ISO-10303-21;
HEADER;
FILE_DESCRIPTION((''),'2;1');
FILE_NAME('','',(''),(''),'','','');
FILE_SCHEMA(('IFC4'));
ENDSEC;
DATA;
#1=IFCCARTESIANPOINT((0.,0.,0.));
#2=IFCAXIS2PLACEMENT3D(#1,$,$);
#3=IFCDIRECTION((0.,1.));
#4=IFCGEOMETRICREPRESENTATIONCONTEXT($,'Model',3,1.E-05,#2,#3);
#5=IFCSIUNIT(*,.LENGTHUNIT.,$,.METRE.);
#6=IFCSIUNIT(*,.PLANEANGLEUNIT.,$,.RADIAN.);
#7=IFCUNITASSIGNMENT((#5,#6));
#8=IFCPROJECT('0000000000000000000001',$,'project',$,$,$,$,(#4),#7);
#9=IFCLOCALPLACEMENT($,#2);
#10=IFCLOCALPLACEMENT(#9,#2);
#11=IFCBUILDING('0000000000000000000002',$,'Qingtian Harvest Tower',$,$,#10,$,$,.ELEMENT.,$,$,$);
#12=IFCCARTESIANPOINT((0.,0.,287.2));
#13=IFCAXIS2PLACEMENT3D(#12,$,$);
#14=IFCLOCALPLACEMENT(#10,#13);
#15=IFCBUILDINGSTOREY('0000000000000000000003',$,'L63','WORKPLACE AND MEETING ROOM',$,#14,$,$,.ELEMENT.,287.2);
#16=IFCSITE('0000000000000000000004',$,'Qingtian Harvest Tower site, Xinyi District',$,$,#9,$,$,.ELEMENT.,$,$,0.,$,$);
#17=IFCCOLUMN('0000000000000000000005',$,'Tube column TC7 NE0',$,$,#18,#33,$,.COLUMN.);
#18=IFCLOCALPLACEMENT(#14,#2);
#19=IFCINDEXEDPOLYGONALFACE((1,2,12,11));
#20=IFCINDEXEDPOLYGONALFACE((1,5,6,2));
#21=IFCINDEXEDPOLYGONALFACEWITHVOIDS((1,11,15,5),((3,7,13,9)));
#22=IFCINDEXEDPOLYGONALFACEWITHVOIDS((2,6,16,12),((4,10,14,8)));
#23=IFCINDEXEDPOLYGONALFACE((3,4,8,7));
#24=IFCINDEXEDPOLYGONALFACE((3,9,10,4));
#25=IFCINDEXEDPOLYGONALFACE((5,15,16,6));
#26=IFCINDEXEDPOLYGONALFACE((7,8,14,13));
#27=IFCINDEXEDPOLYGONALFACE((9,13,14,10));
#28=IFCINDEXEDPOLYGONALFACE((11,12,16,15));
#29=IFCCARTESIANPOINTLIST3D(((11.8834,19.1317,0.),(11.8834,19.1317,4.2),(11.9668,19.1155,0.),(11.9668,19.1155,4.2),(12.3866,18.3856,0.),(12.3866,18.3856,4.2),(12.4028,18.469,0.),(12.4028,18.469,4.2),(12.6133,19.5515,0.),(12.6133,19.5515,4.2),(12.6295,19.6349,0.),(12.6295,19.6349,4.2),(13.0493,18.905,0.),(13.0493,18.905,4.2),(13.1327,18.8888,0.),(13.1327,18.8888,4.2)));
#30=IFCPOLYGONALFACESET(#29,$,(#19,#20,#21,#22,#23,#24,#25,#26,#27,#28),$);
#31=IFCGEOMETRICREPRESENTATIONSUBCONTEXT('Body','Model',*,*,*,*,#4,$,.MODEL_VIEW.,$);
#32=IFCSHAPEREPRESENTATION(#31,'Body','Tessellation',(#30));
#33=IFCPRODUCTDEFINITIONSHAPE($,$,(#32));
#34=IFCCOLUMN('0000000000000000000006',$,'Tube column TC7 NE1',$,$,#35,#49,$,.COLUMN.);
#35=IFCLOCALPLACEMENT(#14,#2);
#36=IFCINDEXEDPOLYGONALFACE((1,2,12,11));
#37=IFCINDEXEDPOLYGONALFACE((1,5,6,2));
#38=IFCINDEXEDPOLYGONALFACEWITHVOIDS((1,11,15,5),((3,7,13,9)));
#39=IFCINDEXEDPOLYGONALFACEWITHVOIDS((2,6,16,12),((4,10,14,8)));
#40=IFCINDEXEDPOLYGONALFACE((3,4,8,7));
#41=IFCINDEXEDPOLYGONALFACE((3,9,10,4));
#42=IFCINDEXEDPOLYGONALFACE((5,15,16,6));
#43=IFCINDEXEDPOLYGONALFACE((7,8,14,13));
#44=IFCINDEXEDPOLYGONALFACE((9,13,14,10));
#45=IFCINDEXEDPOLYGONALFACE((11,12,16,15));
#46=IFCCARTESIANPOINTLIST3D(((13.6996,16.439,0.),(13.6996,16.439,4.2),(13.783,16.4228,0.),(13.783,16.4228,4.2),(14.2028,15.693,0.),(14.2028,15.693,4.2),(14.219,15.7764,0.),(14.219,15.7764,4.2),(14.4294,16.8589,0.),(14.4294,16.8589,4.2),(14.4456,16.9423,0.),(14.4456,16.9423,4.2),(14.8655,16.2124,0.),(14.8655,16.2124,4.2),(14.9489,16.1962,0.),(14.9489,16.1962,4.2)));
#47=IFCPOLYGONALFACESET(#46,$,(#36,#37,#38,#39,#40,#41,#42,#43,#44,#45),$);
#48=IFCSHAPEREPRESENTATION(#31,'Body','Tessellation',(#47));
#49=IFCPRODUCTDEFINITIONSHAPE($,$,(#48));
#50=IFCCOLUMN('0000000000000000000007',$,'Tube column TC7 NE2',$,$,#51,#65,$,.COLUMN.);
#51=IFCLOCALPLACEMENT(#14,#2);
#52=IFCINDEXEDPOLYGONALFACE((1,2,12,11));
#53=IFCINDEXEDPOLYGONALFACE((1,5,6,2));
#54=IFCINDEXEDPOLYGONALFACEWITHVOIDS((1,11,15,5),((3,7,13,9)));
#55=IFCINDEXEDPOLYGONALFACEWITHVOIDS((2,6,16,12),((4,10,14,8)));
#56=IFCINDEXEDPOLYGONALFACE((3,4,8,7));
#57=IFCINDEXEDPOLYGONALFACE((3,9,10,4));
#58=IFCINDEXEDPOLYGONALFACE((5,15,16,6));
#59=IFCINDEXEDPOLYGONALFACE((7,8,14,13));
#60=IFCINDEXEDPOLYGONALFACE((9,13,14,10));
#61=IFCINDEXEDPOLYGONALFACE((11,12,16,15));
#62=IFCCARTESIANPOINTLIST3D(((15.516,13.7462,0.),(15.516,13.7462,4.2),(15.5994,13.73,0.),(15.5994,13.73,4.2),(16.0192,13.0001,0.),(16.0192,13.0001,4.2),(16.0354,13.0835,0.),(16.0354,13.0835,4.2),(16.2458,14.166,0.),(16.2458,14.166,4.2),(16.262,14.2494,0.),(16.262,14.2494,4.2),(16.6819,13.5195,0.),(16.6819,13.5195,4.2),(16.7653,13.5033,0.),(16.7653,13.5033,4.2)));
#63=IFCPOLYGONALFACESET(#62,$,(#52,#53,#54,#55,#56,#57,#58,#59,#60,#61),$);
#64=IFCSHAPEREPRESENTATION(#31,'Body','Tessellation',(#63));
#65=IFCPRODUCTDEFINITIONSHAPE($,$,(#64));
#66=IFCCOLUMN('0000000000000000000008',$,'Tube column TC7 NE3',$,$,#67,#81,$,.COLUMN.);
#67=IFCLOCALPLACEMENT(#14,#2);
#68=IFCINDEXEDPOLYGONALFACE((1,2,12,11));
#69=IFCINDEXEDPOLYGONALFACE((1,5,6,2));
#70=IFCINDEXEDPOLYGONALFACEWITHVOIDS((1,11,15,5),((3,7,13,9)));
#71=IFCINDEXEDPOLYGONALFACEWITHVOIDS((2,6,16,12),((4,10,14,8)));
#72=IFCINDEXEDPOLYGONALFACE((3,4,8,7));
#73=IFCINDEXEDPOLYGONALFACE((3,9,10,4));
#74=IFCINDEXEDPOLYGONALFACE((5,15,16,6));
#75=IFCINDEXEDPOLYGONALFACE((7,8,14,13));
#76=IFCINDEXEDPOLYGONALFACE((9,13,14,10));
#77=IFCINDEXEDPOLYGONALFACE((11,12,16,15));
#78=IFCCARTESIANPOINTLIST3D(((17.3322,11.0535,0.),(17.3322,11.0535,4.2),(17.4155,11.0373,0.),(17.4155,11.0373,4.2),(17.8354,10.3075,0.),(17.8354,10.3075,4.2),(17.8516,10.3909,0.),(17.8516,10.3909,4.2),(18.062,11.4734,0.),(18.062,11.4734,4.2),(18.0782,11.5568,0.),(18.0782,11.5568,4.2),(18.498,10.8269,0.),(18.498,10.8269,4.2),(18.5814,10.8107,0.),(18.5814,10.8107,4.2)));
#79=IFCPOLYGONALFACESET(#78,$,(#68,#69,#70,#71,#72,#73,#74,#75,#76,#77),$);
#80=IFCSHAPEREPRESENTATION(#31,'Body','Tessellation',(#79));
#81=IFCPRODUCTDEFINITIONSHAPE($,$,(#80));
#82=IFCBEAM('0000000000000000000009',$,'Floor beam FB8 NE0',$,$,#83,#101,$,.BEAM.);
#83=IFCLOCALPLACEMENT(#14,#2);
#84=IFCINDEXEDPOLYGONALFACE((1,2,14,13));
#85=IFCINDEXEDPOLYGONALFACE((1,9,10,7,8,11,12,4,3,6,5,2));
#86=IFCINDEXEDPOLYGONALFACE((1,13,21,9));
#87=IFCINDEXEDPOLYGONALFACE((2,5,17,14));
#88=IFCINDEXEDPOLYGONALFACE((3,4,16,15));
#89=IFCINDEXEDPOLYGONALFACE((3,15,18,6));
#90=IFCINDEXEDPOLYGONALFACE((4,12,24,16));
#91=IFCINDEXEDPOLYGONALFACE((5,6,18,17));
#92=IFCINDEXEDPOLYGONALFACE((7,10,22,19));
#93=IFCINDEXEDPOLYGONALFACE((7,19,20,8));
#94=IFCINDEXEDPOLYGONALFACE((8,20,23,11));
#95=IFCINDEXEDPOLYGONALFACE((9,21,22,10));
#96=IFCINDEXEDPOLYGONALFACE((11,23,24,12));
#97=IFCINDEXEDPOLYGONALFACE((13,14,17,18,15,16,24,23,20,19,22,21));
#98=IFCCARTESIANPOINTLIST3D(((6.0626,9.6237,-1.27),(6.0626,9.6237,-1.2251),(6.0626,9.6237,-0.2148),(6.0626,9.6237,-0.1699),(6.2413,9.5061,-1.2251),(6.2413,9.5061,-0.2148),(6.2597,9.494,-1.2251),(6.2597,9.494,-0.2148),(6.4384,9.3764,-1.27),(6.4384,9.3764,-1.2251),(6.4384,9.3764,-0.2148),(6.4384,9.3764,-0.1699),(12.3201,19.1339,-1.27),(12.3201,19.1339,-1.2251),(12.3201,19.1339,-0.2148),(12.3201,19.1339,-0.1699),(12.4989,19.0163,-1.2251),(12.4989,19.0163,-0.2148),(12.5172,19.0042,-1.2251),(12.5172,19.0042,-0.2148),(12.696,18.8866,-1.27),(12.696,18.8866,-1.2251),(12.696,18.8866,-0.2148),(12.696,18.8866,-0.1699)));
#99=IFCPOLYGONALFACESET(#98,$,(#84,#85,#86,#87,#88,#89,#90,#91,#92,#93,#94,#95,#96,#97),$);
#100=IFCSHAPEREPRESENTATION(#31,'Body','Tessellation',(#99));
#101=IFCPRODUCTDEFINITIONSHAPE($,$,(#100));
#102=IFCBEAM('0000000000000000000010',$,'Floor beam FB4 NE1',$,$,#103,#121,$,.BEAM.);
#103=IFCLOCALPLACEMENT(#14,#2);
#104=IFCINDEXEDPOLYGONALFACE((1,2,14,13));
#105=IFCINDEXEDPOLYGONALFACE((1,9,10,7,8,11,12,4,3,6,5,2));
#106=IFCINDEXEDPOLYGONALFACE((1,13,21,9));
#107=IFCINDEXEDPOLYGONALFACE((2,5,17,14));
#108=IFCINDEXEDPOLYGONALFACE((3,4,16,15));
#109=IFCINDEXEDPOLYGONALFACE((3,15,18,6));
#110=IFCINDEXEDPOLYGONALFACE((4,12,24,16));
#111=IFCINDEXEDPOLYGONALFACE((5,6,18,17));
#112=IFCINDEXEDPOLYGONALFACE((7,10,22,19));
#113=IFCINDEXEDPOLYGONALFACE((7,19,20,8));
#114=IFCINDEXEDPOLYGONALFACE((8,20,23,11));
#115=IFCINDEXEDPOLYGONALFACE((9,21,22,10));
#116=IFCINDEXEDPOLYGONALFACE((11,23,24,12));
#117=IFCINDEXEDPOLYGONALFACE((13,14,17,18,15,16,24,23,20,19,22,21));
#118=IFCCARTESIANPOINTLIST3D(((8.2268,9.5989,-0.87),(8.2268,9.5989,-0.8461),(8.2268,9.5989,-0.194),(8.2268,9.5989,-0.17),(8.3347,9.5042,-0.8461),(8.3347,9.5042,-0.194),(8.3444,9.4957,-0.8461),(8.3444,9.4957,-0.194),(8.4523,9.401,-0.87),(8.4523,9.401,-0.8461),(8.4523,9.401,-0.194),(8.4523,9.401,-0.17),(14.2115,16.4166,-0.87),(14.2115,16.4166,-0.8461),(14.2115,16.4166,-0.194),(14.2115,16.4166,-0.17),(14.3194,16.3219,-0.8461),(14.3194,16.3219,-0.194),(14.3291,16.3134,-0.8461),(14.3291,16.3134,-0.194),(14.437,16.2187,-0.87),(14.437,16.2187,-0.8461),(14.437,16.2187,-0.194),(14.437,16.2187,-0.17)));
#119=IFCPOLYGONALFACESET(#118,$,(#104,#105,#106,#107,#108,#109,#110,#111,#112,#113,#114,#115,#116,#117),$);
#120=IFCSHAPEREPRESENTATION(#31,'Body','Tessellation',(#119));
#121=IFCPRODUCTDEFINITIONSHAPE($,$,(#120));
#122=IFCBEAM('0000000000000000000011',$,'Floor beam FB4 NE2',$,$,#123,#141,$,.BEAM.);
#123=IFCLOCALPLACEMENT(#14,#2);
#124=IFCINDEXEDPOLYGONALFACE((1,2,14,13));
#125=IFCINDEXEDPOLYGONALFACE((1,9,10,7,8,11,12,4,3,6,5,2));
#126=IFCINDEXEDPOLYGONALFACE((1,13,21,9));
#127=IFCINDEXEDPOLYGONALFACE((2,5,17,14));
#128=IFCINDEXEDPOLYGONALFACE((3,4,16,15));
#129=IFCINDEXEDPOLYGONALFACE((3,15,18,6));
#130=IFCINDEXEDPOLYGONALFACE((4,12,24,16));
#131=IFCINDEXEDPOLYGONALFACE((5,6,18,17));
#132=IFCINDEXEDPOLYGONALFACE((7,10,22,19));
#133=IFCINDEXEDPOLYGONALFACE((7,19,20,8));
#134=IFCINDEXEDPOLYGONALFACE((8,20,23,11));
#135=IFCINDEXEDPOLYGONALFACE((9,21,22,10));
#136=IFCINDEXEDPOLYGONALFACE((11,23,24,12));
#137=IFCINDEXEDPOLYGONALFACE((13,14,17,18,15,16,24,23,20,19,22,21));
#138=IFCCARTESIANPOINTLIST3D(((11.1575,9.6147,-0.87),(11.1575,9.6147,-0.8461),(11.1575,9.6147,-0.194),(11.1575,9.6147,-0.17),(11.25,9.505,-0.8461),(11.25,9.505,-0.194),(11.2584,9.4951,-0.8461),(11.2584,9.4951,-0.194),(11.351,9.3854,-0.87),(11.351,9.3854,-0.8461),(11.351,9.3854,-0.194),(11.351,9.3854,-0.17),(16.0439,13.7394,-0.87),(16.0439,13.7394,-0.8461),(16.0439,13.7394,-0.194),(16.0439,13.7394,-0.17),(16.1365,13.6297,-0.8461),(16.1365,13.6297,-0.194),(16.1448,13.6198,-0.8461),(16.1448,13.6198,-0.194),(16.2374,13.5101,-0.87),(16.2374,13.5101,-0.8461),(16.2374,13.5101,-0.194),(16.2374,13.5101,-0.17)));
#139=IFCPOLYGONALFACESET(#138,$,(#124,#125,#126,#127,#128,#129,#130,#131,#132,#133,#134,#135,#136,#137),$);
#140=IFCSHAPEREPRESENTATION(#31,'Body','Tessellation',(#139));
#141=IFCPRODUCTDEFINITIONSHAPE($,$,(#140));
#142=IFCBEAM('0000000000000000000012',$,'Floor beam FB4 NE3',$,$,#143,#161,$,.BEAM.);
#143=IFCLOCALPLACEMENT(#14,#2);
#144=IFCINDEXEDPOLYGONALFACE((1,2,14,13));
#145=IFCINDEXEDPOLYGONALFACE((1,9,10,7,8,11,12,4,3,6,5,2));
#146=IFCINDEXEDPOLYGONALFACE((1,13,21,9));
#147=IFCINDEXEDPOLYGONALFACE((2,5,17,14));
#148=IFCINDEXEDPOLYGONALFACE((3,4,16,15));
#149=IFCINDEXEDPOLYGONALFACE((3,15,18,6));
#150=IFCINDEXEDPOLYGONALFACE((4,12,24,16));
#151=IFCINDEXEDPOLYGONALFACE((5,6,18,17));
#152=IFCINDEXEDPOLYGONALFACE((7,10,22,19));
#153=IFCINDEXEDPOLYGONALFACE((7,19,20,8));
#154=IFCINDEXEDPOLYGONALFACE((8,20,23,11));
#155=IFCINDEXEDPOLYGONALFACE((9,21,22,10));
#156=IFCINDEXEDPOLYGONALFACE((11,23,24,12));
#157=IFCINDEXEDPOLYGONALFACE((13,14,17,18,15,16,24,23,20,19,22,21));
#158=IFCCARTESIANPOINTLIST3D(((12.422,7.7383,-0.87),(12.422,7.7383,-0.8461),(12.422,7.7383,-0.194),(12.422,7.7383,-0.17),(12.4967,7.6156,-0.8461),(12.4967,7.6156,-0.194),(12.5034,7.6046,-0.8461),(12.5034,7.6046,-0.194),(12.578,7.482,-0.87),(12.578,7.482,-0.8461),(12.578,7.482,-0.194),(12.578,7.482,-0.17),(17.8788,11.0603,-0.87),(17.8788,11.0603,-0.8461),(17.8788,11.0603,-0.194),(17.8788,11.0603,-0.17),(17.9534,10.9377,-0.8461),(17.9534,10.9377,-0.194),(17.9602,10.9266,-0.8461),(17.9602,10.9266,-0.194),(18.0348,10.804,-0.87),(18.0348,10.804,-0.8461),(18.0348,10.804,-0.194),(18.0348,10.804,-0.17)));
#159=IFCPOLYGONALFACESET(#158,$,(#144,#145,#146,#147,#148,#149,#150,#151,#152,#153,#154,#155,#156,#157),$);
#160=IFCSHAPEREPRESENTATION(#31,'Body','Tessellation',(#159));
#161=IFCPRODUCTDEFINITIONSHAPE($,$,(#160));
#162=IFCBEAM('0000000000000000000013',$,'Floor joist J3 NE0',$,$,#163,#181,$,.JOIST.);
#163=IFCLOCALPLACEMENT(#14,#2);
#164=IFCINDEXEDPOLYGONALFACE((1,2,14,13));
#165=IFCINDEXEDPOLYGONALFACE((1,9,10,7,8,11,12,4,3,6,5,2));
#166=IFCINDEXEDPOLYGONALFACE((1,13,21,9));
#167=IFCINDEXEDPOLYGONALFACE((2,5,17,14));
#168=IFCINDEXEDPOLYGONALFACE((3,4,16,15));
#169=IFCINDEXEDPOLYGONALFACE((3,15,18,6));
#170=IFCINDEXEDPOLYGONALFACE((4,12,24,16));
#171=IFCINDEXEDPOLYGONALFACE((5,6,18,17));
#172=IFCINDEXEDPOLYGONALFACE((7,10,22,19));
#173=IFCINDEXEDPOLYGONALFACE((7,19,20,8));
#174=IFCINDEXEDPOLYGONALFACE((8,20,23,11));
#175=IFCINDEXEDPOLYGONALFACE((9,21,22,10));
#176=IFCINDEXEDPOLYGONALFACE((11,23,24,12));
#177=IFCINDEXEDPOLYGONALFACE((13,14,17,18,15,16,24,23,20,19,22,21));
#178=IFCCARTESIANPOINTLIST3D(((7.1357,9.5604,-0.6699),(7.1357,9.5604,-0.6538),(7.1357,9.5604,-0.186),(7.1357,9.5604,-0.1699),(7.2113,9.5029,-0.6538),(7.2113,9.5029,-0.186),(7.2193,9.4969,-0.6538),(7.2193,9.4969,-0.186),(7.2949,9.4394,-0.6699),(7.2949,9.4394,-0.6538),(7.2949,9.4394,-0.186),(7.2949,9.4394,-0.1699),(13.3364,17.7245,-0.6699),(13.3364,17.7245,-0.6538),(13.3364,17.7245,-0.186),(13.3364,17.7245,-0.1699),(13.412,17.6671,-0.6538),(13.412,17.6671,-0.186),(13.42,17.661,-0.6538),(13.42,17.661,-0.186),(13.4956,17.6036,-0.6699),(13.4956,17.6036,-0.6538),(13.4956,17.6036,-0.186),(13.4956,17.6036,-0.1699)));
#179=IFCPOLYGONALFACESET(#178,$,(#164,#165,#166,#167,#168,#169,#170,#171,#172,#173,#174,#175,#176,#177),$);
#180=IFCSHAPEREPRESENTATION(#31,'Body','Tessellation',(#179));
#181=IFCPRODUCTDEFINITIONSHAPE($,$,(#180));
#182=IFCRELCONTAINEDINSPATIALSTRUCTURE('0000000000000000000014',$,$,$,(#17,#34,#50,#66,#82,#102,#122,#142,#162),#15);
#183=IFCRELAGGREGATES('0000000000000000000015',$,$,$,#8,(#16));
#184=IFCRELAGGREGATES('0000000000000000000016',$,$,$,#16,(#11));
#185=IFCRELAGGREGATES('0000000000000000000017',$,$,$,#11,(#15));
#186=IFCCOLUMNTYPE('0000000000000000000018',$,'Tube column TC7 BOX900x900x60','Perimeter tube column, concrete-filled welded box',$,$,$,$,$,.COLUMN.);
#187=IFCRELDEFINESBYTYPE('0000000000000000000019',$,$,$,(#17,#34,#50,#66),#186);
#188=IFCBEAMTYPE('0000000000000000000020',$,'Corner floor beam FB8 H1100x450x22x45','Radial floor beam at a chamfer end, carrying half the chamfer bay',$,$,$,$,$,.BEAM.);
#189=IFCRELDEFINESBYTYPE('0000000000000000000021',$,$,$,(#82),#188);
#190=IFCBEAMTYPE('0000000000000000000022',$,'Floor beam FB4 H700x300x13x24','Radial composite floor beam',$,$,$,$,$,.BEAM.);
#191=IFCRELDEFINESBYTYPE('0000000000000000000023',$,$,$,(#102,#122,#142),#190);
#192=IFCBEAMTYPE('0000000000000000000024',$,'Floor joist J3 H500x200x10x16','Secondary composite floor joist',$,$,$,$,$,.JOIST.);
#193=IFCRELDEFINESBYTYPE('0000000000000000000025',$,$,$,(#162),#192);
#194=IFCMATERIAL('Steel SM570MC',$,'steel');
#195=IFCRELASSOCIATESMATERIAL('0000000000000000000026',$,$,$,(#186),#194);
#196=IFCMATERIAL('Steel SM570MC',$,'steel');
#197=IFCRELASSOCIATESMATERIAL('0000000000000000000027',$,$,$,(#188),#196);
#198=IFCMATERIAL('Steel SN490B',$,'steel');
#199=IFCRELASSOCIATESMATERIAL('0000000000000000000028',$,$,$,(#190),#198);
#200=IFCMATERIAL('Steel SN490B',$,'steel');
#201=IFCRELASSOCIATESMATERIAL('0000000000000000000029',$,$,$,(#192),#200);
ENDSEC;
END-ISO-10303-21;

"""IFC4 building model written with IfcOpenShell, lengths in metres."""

from ifc_helpers import new_model, si_unit, direction, frame, origin, origin_2d, place, context, subcontext, project, spatial, hollow_rectangle, i_section, extrude, material, material_profile, profile_set, type_object, element, save


model = new_model("IFC4")

# Units and contexts
model_context = context("Model", 3, precision=1e-05, world=origin(), true_north=direction((0.0, 1.0)))
body_context = subcontext(model_context, "Body", "Model", "MODEL_VIEW")
ifc_project = project(units=[si_unit("LENGTHUNIT", "METRE"), si_unit("PLANEANGLEUNIT", "RADIAN")], contexts=[model_context])

# Site, building, storey
site_placement = place(None, origin())
site = spatial("IfcSite", under=ifc_project, at=site_placement, Name="Qingtian Harvest Tower site, Xinyi District", CompositionType="ELEMENT", RefElevation=0.0)
building_placement = place(site_placement, origin())
building = spatial("IfcBuilding", under=site, at=building_placement, Name="Qingtian Harvest Tower", CompositionType="ELEMENT")
storey_placement = place(building_placement, frame((0.0, 0.0, 287.2)))
storey = spatial("IfcBuildingStorey", under=building, at=storey_placement, Name="L63", Description="WORKPLACE AND MEETING ROOM", CompositionType="ELEMENT", Elevation=287.2)

# Columns
ifc_material_1 = material(Name="Steel SM570MC", Category="steel")
ifc_material_profile_1 = material_profile(ifc_material_1, hollow_rectangle(XDim=0.8999, YDim=0.8999, WallThickness=0.0601, at=origin_2d()), Name="BOX900x900x60")
ifc_profile_set_1 = profile_set([ifc_material_profile_1], Name="Steel SM570MC")
column_type = type_object("IfcColumnType", Name="Tube column TC7 BOX900x900x60", Description="Perimeter tube column, concrete-filled welded box", PredefinedType="COLUMN", material=ifc_profile_set_1)
for number, where, z_axis, x_axis, name in (
    (1, (12.5081, 19.0103, 0.0), (0.0, 0.0, 1.0), (-0.559193, 0.829038, 0.0), "Tube column TC7 NE0"),
    (2, (14.3242, 16.3176, 0.0), (0.0, 0.0, 1.0), (-0.559193, 0.829038, 0.0), "Tube column TC7 NE1"),
    (3, (16.1406, 13.6248, 0.0), (0.0, 0.0, 1.0), (-0.559193, 0.829038, 0.0), "Tube column TC7 NE2"),
    (4, (17.9568, 10.9321, 0.0), (0.0, 0.0, 1.0), (-0.559193, 0.829038, 0.0), "Tube column TC7 NE3"),
):
    element("IfcColumn", number, at=place(storey_placement, frame(where, z_axis=z_axis, x_axis=x_axis)), inside=storey, type_object=column_type, Name=name, PredefinedType="COLUMN", context=body_context, shape_type="SweptSolid", body=[
        extrude(hollow_rectangle(XDim=0.8999, YDim=0.8999, WallThickness=0.0601, at=origin_2d()), origin(), (0.0, 0.0, 1.0), 4.2),
    ])

# Beams
ifc_material_2 = material(Name="Steel SM570MC", Category="steel")
ifc_material_profile_2 = material_profile(ifc_material_2, i_section(OverallWidth=0.45, OverallDepth=1.1001, WebThickness=0.022, FlangeThickness=0.0449, at=origin_2d()), Name="H1100x450x22x45")
ifc_profile_set_2 = profile_set([ifc_material_profile_2], Name="Steel SM570MC")
beam_type_1 = type_object("IfcBeamType", Name="Corner floor beam FB8 H1100x450x22x45", Description="Radial floor beam at a chamfer end, carrying half the chamfer bay", PredefinedType="BEAM", material=ifc_profile_set_2)
beam_1_placement = place(storey_placement, frame((12.5081, 19.0103, -0.72), z_axis=(-0.549667, -0.835384, 0.0), x_axis=(0.835384, -0.549667, 0.0)))
element("IfcBeam", 5, at=beam_1_placement, inside=storey, type_object=beam_type_1, Name="Floor beam FB8 NE0", PredefinedType="BEAM", context=body_context, shape_type="SweptSolid", body=[
    extrude(i_section(OverallWidth=0.45, OverallDepth=1.1001, WebThickness=0.022, FlangeThickness=0.0449, at=origin_2d()), origin(), (0.0, 0.0, 1.0), 11.3843),
])
ifc_material_3 = material(Name="Steel SN490B", Category="steel")
ifc_material_profile_3 = material_profile(ifc_material_3, i_section(OverallWidth=0.3, OverallDepth=0.7, WebThickness=0.0129, FlangeThickness=0.0239, at=origin_2d()), Name="H700x300x13x24")
ifc_profile_set_3 = profile_set([ifc_material_profile_3], Name="Steel SN490B")
beam_type_2 = type_object("IfcBeamType", Name="Floor beam FB4 H700x300x13x24", Description="Radial composite floor beam", PredefinedType="BEAM", material=ifc_profile_set_3)
beam_2_placement = place(storey_placement, frame((14.3242, 16.3176, -0.52), z_axis=(-0.659702, -0.751527, 0.0), x_axis=(0.751527, -0.659702, 0.0)))
element("IfcBeam", 6, at=beam_2_placement, inside=storey, type_object=beam_type_2, Name="Floor beam FB4 NE1", PredefinedType="BEAM", context=body_context, shape_type="SweptSolid", body=[
    extrude(i_section(OverallWidth=0.3, OverallDepth=0.7, WebThickness=0.0129, FlangeThickness=0.0239, at=origin_2d()), origin(), (0.0, 0.0, 1.0), 9.0718),
])
beam_3_placement = place(storey_placement, frame((16.1406, 13.6248, -0.52), z_axis=(-0.764153, -0.645035, 0.0), x_axis=(0.645035, -0.764153, 0.0)))
element("IfcBeam", 7, at=beam_3_placement, inside=storey, type_object=beam_type_2, Name="Floor beam FB4 NE2", PredefinedType="BEAM", context=body_context, shape_type="SweptSolid", body=[
    extrude(i_section(OverallWidth=0.3, OverallDepth=0.7, WebThickness=0.0129, FlangeThickness=0.0239, at=origin_2d()), origin(), (0.0, 0.0, 1.0), 6.3945),
])
beam_4_placement = place(storey_placement, frame((17.9568, 10.9321, -0.52), z_axis=(-0.854164, -0.520004, 0.0), x_axis=(0.520004, -0.854164, 0.0)))
element("IfcBeam", 8, at=beam_4_placement, inside=storey, type_object=beam_type_2, Name="Floor beam FB4 NE3", PredefinedType="BEAM", context=body_context, shape_type="SweptSolid", body=[
    extrude(i_section(OverallWidth=0.3, OverallDepth=0.7, WebThickness=0.0129, FlangeThickness=0.0239, at=origin_2d()), origin(), (0.0, 0.0, 1.0), 6.3884),
])
ifc_material_4 = material(Name="Steel SN490B", Category="steel")
ifc_material_profile_4 = material_profile(ifc_material_4, i_section(OverallWidth=0.2, OverallDepth=0.5, WebThickness=0.01, FlangeThickness=0.0161, at=origin_2d()), Name="H500x200x10x16")
ifc_profile_set_4 = profile_set([ifc_material_profile_4], Name="Steel SN490B")
beam_type_3 = type_object("IfcBeamType", Name="Floor joist J3 H500x200x10x16", Description="Secondary composite floor joist", PredefinedType="JOIST", material=ifc_profile_set_4)
beam_5_placement = place(storey_placement, frame((13.416, 17.6641, -0.4199), z_axis=(-0.604836, -0.79635, 0.0), x_axis=(0.79635, -0.604836, 0.0)))
element("IfcBeam", 9, at=beam_5_placement, inside=storey, type_object=beam_type_3, Name="Floor joist J3 NE0", PredefinedType="JOIST", context=body_context, shape_type="SweptSolid", body=[
    extrude(i_section(OverallWidth=0.2, OverallDepth=0.5, WebThickness=0.01, FlangeThickness=0.0161, at=origin_2d()), origin(), (0.0, 0.0, 1.0), 10.252),
])

save(model, "model.ifc")
